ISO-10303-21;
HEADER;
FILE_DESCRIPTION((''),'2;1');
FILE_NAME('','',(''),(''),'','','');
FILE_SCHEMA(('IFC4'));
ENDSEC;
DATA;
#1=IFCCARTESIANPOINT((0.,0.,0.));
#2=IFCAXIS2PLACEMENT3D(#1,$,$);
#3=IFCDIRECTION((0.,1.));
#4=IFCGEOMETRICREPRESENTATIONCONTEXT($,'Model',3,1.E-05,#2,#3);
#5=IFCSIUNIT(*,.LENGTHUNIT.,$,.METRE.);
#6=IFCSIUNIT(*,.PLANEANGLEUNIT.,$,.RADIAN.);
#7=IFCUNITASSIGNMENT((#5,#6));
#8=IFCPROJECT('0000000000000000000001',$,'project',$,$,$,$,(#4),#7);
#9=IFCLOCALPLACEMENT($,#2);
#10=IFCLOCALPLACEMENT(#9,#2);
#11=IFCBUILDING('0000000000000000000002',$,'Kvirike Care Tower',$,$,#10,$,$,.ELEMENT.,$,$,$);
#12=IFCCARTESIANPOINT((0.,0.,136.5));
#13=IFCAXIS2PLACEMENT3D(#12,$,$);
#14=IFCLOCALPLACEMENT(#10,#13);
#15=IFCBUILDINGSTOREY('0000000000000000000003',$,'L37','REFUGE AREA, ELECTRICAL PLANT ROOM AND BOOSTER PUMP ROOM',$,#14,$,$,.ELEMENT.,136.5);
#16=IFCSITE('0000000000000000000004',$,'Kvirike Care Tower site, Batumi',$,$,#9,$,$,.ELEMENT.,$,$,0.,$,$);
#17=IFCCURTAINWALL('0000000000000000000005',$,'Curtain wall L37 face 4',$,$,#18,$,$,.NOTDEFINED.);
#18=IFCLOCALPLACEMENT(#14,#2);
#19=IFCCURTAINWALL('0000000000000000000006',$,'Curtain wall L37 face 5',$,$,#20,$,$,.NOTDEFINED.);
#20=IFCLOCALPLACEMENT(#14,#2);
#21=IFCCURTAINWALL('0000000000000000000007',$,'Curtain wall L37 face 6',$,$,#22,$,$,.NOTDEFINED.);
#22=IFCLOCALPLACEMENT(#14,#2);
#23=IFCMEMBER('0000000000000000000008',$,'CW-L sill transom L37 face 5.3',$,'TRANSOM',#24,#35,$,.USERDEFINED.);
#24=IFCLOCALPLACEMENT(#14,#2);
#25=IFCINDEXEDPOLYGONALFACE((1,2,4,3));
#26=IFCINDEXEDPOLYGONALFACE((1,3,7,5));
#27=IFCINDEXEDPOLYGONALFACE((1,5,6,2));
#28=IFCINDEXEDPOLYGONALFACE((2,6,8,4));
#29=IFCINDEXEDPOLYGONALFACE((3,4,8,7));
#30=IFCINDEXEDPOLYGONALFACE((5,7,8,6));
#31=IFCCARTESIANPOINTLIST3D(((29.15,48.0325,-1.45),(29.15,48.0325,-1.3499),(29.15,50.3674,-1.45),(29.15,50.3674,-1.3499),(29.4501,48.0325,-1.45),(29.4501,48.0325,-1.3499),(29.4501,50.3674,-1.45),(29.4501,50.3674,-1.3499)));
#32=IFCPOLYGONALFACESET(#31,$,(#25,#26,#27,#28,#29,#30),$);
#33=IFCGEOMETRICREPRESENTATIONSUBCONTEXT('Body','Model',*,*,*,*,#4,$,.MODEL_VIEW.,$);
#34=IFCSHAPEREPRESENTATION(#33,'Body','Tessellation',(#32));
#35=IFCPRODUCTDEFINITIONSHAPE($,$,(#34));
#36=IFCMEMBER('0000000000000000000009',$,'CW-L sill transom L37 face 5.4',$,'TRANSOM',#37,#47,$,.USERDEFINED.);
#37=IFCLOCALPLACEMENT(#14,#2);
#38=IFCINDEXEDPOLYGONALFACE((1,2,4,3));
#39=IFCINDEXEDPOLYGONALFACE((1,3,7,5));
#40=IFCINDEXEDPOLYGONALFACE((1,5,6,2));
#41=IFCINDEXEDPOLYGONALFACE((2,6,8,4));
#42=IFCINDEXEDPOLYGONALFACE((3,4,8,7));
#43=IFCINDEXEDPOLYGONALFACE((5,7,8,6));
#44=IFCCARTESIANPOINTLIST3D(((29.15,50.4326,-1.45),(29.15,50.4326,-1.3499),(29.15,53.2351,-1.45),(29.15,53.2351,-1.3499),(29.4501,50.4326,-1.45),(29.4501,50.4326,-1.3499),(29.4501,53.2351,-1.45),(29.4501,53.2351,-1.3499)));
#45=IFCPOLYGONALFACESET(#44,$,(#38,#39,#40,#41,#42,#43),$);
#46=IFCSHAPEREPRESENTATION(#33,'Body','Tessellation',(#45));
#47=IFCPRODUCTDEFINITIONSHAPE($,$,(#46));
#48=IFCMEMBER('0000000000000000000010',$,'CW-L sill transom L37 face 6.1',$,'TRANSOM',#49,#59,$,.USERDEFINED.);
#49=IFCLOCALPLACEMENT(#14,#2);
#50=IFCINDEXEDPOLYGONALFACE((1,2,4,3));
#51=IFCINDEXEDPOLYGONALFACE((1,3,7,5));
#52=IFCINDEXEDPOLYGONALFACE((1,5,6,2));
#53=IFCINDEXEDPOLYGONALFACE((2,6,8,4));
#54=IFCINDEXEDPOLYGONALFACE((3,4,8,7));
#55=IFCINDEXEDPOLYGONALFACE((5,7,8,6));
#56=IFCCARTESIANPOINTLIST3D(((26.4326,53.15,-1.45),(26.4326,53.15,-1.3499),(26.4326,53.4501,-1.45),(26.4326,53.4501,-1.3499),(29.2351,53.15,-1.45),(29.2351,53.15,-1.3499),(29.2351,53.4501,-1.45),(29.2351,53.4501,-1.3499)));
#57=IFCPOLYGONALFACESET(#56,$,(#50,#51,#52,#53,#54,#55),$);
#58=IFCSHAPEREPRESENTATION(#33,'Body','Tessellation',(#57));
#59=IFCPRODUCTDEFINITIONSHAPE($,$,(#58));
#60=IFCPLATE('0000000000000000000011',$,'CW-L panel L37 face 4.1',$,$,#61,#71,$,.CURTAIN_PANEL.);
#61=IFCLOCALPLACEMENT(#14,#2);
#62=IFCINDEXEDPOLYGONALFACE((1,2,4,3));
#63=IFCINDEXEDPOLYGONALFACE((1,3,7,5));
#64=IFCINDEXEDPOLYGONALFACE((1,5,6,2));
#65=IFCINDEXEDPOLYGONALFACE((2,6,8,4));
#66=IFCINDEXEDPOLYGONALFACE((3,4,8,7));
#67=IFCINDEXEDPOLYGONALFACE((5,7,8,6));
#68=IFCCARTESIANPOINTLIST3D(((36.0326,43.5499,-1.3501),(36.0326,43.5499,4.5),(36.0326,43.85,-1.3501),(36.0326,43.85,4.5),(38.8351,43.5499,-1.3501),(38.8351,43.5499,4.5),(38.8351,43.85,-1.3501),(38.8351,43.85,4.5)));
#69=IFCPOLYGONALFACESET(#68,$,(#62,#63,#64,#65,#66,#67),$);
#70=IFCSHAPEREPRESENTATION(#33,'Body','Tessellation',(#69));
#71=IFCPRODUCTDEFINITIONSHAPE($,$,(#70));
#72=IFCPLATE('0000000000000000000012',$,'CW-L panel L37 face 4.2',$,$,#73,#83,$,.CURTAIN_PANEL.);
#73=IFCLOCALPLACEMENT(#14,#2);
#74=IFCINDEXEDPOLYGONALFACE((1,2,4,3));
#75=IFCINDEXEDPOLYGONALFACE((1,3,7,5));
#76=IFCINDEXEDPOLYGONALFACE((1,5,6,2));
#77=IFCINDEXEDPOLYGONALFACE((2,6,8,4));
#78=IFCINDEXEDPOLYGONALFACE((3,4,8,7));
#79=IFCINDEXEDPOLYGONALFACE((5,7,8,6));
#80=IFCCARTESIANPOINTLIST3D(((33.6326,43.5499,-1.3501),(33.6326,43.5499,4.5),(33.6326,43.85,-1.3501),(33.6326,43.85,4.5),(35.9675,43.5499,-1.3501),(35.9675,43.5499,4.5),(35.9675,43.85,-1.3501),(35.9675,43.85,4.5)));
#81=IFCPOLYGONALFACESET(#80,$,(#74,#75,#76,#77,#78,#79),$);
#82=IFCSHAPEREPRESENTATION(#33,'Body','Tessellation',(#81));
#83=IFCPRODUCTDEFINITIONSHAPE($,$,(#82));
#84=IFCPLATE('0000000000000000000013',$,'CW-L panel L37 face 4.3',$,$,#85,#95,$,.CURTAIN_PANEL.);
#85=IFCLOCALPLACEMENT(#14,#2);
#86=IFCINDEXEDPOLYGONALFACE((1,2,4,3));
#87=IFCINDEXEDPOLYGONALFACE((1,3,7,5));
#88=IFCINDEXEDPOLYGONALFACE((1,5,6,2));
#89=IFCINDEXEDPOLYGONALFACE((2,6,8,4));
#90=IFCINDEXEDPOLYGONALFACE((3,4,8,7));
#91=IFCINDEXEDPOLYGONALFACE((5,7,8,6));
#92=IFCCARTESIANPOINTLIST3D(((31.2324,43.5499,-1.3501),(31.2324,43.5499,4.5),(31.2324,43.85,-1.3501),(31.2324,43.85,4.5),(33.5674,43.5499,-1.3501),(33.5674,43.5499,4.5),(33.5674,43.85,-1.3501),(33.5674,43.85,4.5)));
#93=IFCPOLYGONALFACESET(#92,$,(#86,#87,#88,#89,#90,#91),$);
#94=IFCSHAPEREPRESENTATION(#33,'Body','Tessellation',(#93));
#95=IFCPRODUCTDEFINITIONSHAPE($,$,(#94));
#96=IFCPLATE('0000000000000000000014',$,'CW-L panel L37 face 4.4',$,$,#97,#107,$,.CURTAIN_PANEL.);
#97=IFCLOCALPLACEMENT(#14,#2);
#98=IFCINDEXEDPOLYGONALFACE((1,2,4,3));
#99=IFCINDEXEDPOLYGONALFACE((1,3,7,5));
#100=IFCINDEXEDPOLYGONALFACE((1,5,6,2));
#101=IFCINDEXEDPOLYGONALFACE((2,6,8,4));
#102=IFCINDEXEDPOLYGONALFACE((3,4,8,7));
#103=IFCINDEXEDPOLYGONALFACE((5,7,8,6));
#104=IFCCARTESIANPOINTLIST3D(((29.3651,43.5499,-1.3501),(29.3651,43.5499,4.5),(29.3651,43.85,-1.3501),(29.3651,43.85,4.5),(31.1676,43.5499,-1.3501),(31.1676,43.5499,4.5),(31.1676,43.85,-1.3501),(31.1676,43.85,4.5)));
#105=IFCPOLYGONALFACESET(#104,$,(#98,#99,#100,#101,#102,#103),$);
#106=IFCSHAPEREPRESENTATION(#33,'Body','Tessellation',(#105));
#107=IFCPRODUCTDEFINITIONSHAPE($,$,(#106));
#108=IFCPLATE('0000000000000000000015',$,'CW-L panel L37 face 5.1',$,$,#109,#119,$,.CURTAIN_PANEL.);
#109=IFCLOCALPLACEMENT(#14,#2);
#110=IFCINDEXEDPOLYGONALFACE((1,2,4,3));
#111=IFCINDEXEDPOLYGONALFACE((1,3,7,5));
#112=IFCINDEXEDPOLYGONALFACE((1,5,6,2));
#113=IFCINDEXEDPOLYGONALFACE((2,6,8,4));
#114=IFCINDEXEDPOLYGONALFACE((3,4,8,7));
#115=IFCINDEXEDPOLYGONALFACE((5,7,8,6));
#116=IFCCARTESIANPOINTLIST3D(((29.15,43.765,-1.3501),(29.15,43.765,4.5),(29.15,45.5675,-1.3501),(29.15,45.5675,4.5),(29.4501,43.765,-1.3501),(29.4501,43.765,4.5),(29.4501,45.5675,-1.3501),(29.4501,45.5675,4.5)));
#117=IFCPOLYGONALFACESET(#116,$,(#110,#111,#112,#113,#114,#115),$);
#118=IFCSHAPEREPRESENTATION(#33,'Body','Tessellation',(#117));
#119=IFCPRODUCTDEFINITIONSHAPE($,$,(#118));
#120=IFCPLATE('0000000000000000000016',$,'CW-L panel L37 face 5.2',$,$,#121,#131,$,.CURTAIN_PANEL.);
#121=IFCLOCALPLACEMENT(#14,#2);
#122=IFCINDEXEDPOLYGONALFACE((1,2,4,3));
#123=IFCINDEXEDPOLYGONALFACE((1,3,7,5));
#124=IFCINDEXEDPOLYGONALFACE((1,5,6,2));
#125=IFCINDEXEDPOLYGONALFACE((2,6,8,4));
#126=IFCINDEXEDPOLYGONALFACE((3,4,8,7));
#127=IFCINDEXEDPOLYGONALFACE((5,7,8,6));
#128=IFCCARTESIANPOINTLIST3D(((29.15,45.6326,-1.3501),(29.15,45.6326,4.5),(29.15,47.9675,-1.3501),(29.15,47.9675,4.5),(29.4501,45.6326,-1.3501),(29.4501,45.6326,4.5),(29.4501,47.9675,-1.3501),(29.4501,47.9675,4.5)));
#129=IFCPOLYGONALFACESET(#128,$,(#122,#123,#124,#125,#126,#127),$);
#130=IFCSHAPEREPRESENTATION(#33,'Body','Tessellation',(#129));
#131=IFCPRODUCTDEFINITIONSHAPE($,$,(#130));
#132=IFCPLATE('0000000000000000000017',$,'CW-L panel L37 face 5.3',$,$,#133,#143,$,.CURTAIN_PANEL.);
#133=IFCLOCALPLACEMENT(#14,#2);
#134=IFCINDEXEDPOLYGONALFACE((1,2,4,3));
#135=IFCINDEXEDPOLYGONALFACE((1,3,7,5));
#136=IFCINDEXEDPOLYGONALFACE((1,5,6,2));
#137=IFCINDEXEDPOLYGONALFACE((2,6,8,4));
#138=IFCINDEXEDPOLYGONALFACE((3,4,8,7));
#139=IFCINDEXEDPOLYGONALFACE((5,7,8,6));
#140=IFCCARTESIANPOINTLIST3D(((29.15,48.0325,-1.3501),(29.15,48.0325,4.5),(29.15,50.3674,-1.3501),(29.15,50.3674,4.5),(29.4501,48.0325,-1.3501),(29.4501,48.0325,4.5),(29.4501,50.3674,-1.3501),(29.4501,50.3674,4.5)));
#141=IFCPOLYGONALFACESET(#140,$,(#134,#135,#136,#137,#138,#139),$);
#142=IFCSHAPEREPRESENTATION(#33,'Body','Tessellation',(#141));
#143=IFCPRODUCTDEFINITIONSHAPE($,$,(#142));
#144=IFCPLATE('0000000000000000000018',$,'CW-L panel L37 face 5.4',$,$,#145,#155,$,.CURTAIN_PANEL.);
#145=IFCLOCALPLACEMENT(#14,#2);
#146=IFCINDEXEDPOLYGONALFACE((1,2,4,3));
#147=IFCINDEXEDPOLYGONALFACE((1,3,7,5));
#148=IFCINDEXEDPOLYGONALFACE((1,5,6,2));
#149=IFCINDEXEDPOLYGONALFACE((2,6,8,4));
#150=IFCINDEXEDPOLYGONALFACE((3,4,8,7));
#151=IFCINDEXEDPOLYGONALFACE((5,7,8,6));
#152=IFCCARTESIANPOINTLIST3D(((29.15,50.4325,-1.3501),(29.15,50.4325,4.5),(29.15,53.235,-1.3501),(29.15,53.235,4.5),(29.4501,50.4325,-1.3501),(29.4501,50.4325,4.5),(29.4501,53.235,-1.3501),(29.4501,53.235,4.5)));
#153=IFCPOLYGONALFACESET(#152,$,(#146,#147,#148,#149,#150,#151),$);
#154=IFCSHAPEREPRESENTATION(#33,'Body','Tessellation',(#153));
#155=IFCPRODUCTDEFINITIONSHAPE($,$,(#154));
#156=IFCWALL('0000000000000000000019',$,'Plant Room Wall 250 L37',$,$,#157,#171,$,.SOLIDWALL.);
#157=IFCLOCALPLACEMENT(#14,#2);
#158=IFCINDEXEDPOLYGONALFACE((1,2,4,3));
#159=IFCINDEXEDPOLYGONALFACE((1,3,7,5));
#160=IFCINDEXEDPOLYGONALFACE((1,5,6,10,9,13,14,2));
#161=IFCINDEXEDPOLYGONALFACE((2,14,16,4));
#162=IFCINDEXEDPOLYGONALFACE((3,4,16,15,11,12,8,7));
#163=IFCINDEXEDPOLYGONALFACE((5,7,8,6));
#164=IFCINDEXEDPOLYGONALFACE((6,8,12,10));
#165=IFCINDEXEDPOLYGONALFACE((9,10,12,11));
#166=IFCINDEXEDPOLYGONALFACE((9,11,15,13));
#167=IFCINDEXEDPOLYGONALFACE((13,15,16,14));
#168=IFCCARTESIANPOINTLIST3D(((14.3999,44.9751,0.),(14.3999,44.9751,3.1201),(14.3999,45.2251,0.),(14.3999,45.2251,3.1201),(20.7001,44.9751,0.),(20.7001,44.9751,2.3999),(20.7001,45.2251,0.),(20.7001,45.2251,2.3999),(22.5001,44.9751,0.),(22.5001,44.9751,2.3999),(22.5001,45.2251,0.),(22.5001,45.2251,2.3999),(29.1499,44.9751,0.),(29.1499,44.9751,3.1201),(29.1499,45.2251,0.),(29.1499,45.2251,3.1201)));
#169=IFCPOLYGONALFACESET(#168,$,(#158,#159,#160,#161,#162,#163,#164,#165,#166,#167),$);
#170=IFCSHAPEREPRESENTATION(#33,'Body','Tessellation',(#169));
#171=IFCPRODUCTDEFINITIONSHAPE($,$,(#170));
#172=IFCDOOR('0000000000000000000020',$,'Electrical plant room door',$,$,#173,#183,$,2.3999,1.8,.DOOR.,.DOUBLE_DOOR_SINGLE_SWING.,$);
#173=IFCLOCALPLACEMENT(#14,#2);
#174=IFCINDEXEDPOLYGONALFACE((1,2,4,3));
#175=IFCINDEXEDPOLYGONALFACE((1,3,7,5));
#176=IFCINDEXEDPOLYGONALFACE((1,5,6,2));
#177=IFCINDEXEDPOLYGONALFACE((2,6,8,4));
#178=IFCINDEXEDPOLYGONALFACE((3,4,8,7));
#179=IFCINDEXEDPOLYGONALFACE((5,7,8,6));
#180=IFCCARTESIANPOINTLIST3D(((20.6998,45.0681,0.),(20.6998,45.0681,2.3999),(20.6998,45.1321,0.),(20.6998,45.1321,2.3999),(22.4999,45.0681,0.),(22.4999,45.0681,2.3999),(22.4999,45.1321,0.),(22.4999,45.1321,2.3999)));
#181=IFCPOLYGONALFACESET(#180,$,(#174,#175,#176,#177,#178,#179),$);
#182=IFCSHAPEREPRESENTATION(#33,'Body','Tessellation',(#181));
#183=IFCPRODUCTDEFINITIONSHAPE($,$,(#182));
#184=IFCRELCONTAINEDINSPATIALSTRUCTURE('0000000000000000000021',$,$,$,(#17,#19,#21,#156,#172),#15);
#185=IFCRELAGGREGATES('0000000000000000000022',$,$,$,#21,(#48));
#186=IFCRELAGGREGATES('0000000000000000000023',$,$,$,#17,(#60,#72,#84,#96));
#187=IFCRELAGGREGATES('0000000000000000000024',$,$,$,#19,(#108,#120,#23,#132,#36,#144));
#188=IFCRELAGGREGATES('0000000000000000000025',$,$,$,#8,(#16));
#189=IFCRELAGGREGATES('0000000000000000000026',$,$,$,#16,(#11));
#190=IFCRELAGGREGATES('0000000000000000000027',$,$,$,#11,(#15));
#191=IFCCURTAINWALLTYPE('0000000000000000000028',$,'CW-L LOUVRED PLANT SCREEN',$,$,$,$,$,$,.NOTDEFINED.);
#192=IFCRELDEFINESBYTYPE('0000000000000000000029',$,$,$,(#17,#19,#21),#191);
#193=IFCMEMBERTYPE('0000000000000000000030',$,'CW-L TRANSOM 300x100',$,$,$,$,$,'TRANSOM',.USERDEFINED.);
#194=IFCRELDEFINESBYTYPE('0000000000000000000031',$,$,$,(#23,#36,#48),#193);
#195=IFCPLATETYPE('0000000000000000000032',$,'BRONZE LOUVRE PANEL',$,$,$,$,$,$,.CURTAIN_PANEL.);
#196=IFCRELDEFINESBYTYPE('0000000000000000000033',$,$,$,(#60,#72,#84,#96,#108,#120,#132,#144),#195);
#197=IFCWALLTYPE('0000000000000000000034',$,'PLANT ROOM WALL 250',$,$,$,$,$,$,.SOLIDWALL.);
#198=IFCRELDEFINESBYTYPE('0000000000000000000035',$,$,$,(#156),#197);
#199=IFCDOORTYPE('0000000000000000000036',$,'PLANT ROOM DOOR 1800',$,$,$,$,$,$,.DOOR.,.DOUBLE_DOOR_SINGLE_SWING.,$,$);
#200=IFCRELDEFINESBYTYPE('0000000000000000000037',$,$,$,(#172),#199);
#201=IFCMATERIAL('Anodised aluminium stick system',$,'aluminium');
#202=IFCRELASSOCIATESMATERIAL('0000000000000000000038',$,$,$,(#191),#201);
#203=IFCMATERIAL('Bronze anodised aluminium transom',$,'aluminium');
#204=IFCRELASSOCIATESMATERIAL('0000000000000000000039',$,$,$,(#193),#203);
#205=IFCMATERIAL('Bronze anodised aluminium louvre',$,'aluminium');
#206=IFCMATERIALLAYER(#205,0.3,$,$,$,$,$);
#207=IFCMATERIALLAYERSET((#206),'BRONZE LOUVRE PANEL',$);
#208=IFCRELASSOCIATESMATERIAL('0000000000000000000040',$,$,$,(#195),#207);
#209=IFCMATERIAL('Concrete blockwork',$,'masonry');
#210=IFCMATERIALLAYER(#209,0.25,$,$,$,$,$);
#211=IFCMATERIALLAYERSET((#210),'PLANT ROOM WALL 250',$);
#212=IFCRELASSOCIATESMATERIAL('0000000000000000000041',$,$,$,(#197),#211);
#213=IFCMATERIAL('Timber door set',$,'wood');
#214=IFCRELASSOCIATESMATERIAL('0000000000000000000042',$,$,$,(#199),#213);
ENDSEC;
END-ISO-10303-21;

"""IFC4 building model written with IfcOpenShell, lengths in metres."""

from ifc_helpers import new_model, si_unit, direction, frame, frame_2d, origin, origin_2d, place, context, subcontext, project, spatial, rectangle, extrude, material, layer, layer_set, material_profile, profile_set, type_object, element, fill, aggregate, save


model = new_model("IFC4")

# Units and contexts
model_context = context("Model", 3, precision=1e-05, world=origin(), true_north=direction((0.0, 1.0)))
body_context = subcontext(model_context, "Body", "Model", "MODEL_VIEW")
ifc_project = project(units=[si_unit("LENGTHUNIT", "METRE"), si_unit("PLANEANGLEUNIT", "RADIAN")], contexts=[model_context])

# Site, building, storey
site_placement = place(None, origin())
site = spatial("IfcSite", under=ifc_project, at=site_placement, Name="Kvirike Care Tower site, Batumi", CompositionType="ELEMENT", RefElevation=0.0)
building_placement = place(site_placement, origin())
building = spatial("IfcBuilding", under=site, at=building_placement, Name="Kvirike Care Tower", CompositionType="ELEMENT")
storey_placement = place(building_placement, frame((0.0, 0.0, 136.5)))
storey = spatial("IfcBuildingStorey", under=building, at=storey_placement, Name="L37", Description="REFUGE AREA, ELECTRICAL PLANT ROOM AND BOOSTER PUMP ROOM", CompositionType="ELEMENT", Elevation=136.5)

# Curtain walls
ifc_material_1 = material(Name="Anodised aluminium stick system", Category="aluminium")
curtain_wall_type = type_object("IfcCurtainWallType", Name="CW-L LOUVRED PLANT SCREEN", PredefinedType="NOTDEFINED", material=ifc_material_1)
curtain_wall_1_placement = place(storey_placement, origin())
curtain_wall_1 = element("IfcCurtainWall", 1, at=curtain_wall_1_placement, inside=storey, type_object=curtain_wall_type, Name="Curtain wall L37 face 4", PredefinedType="NOTDEFINED")
curtain_wall_2_placement = place(storey_placement, origin())
curtain_wall_2 = element("IfcCurtainWall", 2, at=curtain_wall_2_placement, inside=storey, type_object=curtain_wall_type, Name="Curtain wall L37 face 5", PredefinedType="NOTDEFINED")

# Curtain wall
curtain_wall_3_placement = place(storey_placement, origin())
curtain_wall_3 = element("IfcCurtainWall", 3, at=curtain_wall_3_placement, inside=storey, type_object=curtain_wall_type, Name="Curtain wall L37 face 6", PredefinedType="NOTDEFINED")

# Members
ifc_material_2 = material(Name="Bronze anodised aluminium transom", Category="aluminium")
ifc_material_profile_1 = material_profile(ifc_material_2, rectangle(XDim=0.3, YDim=0.1001, at=origin_2d()), Name="CW-L TRANSOM 300x100")
ifc_profile_set_1 = profile_set([ifc_material_profile_1], Name="Bronze anodised aluminium transom")
member_type_1 = type_object("IfcMemberType", Name="CW-L TRANSOM 300x100", ElementType="TRANSOM", PredefinedType="USERDEFINED", material=ifc_profile_set_1)
member_1_placement = place(storey_placement, frame((29.3, 48.0325, -1.3999), z_axis=(0.0, 1.0, 0.0), x_axis=(-1.0, 0.0, 0.0)))
member_1 = element("IfcMember", 4, at=member_1_placement, type_object=member_type_1, Name="CW-L sill transom L37 face 5.3", ObjectType="TRANSOM", PredefinedType="USERDEFINED", context=body_context, shape_type="SweptSolid", body=[
    extrude(rectangle(XDim=0.3, YDim=0.1001, at=origin_2d()), origin(), (0.0, 0.0, 1.0), 2.335),
])
member_2_placement = place(storey_placement, frame((29.3, 50.4326, -1.3999), z_axis=(0.0, 1.0, 0.0), x_axis=(-1.0, 0.0, 0.0)))
member_2 = element("IfcMember", 5, at=member_2_placement, type_object=member_type_1, Name="CW-L sill transom L37 face 5.4", ObjectType="TRANSOM", PredefinedType="USERDEFINED", context=body_context, shape_type="SweptSolid", body=[
    extrude(rectangle(XDim=0.3, YDim=0.1001, at=origin_2d()), origin(), (0.0, 0.0, 1.0), 2.8025),
])
member_3_placement = place(storey_placement, frame((29.2351, 53.3, -1.3999), z_axis=(-1.0, 0.0, 0.0), x_axis=(0.0, -1.0, 0.0)))
member_3 = element("IfcMember", 6, at=member_3_placement, type_object=member_type_1, Name="CW-L sill transom L37 face 6.1", ObjectType="TRANSOM", PredefinedType="USERDEFINED", context=body_context, shape_type="SweptSolid", body=[
    extrude(rectangle(XDim=0.3, YDim=0.1001, at=origin_2d()), origin(), (0.0, 0.0, 1.0), 2.8025),
])
aggregate(curtain_wall_3, [member_3])

# Plates
ifc_material_3 = material(Name="Bronze anodised aluminium louvre", Category="aluminium")
ifc_layer_1 = layer(ifc_material_3, 0.3)
ifc_layer_set_1 = layer_set([ifc_layer_1], Name="BRONZE LOUVRE PANEL")
plate_type = type_object("IfcPlateType", Name="BRONZE LOUVRE PANEL", PredefinedType="CURTAIN_PANEL", material=ifc_layer_set_1)
plate_1_placement = place(storey_placement, frame((37.4338, 43.7, -1.3501), z_axis=(0.0, 0.0, 1.0), x_axis=(-1.0, 0.0, 0.0)))
plate_1 = element("IfcPlate", 7, at=plate_1_placement, type_object=plate_type, Name="CW-L panel L37 face 4.1", PredefinedType="CURTAIN_PANEL", context=body_context, shape_type="SweptSolid", body=[
    extrude(rectangle(XDim=2.8025, YDim=0.3, at=origin_2d()), origin(), (0.0, 0.0, 1.0), 5.8501),
])
plate_2_placement = place(storey_placement, frame((34.8, 43.7, -1.3501), z_axis=(0.0, 0.0, 1.0), x_axis=(-1.0, 0.0, 0.0)))
plate_2 = element("IfcPlate", 8, at=plate_2_placement, type_object=plate_type, Name="CW-L panel L37 face 4.2", PredefinedType="CURTAIN_PANEL", context=body_context, shape_type="SweptSolid", body=[
    extrude(rectangle(XDim=2.335, YDim=0.3, at=origin_2d()), origin(), (0.0, 0.0, 1.0), 5.8501),
])
plate_3_placement = place(storey_placement, frame((32.3999, 43.7, -1.3501), z_axis=(0.0, 0.0, 1.0), x_axis=(-1.0, 0.0, 0.0)))
plate_3 = element("IfcPlate", 9, at=plate_3_placement, type_object=plate_type, Name="CW-L panel L37 face 4.3", PredefinedType="CURTAIN_PANEL", context=body_context, shape_type="SweptSolid", body=[
    extrude(rectangle(XDim=2.335, YDim=0.3, at=origin_2d()), origin(), (0.0, 0.0, 1.0), 5.8501),
])
plate_4_placement = place(storey_placement, frame((30.2664, 43.7, -1.3501), z_axis=(0.0, 0.0, 1.0), x_axis=(-1.0, 0.0, 0.0)))
plate_4 = element("IfcPlate", 10, at=plate_4_placement, type_object=plate_type, Name="CW-L panel L37 face 4.4", PredefinedType="CURTAIN_PANEL", context=body_context, shape_type="SweptSolid", body=[
    extrude(rectangle(XDim=1.8025, YDim=0.3, at=origin_2d()), origin(), (0.0, 0.0, 1.0), 5.8501),
])
aggregate(curtain_wall_1, [plate_1, plate_2, plate_3, plate_4])
plate_5_placement = place(storey_placement, frame((29.3, 44.6663, -1.3501), z_axis=(0.0, 0.0, 1.0), x_axis=(0.0, 1.0, 0.0)))
plate_5 = element("IfcPlate", 11, at=plate_5_placement, type_object=plate_type, Name="CW-L panel L37 face 5.1", PredefinedType="CURTAIN_PANEL", context=body_context, shape_type="SweptSolid", body=[
    extrude(rectangle(XDim=1.8025, YDim=0.3, at=origin_2d()), origin(), (0.0, 0.0, 1.0), 5.8501),
])
plate_6_placement = place(storey_placement, frame((29.3, 46.8, -1.3501), z_axis=(0.0, 0.0, 1.0), x_axis=(0.0, 1.0, 0.0)))
plate_6 = element("IfcPlate", 12, at=plate_6_placement, type_object=plate_type, Name="CW-L panel L37 face 5.2", PredefinedType="CURTAIN_PANEL", context=body_context, shape_type="SweptSolid", body=[
    extrude(rectangle(XDim=2.335, YDim=0.3, at=origin_2d()), origin(), (0.0, 0.0, 1.0), 5.8501),
])
plate_7_placement = place(storey_placement, frame((29.3, 49.2, -1.3501), z_axis=(0.0, 0.0, 1.0), x_axis=(0.0, 1.0, 0.0)))
plate_7 = element("IfcPlate", 13, at=plate_7_placement, type_object=plate_type, Name="CW-L panel L37 face 5.3", PredefinedType="CURTAIN_PANEL", context=body_context, shape_type="SweptSolid", body=[
    extrude(rectangle(XDim=2.335, YDim=0.3, at=origin_2d()), origin(), (0.0, 0.0, 1.0), 5.8501),
])
plate_8_placement = place(storey_placement, frame((29.3, 51.8337, -1.3501), z_axis=(0.0, 0.0, 1.0), x_axis=(0.0, 1.0, 0.0)))
plate_8 = element("IfcPlate", 14, at=plate_8_placement, type_object=plate_type, Name="CW-L panel L37 face 5.4", PredefinedType="CURTAIN_PANEL", context=body_context, shape_type="SweptSolid", body=[
    extrude(rectangle(XDim=2.8025, YDim=0.3, at=origin_2d()), origin(), (0.0, 0.0, 1.0), 5.8501),
])
aggregate(curtain_wall_2, [plate_5, plate_6, member_1, plate_7, member_2, plate_8])

# Wall, opening, door
ifc_material_4 = material(Name="Concrete blockwork", Category="masonry")
ifc_layer_2 = layer(ifc_material_4, 0.25)
ifc_layer_set_2 = layer_set([ifc_layer_2], Name="PLANT ROOM WALL 250")
wall_type = type_object("IfcWallType", Name="PLANT ROOM WALL 250", PredefinedType="SOLIDWALL", material=ifc_layer_set_2)
wall_placement = place(storey_placement, frame((29.1499, 45.1001, 0.0), z_axis=(0.0, 0.0, 1.0), x_axis=(-1.0, 0.0, 0.0)))
wall = element("IfcWall", 15, at=wall_placement, inside=storey, type_object=wall_type, Name="Plant Room Wall 250 L37", PredefinedType="SOLIDWALL", context=body_context, shape_type="SweptSolid", body=[
    extrude(rectangle(XDim=14.75, YDim=0.25, at=frame_2d((7.375, 0.0))), origin(), (0.0, 0.0, 1.0), 3.1201),
])
opening_placement = place(wall_placement, frame((6.6499, 0.0, 0.0)))
opening = element("IfcOpeningElement", 16, at=opening_placement, cuts=wall, PredefinedType="OPENING", context=body_context, shape_type="SweptSolid", body=[
    extrude(rectangle(XDim=1.8, YDim=2.3999, at=frame_2d((0.8999, 1.2))), frame((0.0, 0.1355, 0.0), z_axis=(0.0, -1.0, 0.0), x_axis=(1.0, 0.0, 0.0)), (0.0, 0.0, 1.0), 0.271),
])
ifc_material_5 = material(Name="Timber door set", Category="wood")
door_type = type_object("IfcDoorType", Name="PLANT ROOM DOOR 1800", OperationType="DOUBLE_DOOR_SINGLE_SWING", PredefinedType="DOOR", material=ifc_material_5)
door_placement = place(opening_placement, frame((1.8, 0.0, 0.0), z_axis=(0.0, 0.0, 1.0), x_axis=(-1.0, 0.0, 0.0)))
door = element("IfcDoor", 17, at=door_placement, inside=storey, type_object=door_type, Name="Electrical plant room door", OperationType="DOUBLE_DOOR_SINGLE_SWING", OverallHeight=2.3999, OverallWidth=1.8, PredefinedType="DOOR", context=body_context, shape_type="SweptSolid", body=[
    extrude(rectangle(XDim=1.8, YDim=2.3999, at=frame_2d((0.8999, 1.2))), frame((0.0, 0.032, 0.0), z_axis=(0.0, -1.0, 0.0), x_axis=(1.0, 0.0, 0.0)), (0.0, 0.0, 1.0), 0.064),
])
fill(opening, door)

save(model, "model.ifc")
